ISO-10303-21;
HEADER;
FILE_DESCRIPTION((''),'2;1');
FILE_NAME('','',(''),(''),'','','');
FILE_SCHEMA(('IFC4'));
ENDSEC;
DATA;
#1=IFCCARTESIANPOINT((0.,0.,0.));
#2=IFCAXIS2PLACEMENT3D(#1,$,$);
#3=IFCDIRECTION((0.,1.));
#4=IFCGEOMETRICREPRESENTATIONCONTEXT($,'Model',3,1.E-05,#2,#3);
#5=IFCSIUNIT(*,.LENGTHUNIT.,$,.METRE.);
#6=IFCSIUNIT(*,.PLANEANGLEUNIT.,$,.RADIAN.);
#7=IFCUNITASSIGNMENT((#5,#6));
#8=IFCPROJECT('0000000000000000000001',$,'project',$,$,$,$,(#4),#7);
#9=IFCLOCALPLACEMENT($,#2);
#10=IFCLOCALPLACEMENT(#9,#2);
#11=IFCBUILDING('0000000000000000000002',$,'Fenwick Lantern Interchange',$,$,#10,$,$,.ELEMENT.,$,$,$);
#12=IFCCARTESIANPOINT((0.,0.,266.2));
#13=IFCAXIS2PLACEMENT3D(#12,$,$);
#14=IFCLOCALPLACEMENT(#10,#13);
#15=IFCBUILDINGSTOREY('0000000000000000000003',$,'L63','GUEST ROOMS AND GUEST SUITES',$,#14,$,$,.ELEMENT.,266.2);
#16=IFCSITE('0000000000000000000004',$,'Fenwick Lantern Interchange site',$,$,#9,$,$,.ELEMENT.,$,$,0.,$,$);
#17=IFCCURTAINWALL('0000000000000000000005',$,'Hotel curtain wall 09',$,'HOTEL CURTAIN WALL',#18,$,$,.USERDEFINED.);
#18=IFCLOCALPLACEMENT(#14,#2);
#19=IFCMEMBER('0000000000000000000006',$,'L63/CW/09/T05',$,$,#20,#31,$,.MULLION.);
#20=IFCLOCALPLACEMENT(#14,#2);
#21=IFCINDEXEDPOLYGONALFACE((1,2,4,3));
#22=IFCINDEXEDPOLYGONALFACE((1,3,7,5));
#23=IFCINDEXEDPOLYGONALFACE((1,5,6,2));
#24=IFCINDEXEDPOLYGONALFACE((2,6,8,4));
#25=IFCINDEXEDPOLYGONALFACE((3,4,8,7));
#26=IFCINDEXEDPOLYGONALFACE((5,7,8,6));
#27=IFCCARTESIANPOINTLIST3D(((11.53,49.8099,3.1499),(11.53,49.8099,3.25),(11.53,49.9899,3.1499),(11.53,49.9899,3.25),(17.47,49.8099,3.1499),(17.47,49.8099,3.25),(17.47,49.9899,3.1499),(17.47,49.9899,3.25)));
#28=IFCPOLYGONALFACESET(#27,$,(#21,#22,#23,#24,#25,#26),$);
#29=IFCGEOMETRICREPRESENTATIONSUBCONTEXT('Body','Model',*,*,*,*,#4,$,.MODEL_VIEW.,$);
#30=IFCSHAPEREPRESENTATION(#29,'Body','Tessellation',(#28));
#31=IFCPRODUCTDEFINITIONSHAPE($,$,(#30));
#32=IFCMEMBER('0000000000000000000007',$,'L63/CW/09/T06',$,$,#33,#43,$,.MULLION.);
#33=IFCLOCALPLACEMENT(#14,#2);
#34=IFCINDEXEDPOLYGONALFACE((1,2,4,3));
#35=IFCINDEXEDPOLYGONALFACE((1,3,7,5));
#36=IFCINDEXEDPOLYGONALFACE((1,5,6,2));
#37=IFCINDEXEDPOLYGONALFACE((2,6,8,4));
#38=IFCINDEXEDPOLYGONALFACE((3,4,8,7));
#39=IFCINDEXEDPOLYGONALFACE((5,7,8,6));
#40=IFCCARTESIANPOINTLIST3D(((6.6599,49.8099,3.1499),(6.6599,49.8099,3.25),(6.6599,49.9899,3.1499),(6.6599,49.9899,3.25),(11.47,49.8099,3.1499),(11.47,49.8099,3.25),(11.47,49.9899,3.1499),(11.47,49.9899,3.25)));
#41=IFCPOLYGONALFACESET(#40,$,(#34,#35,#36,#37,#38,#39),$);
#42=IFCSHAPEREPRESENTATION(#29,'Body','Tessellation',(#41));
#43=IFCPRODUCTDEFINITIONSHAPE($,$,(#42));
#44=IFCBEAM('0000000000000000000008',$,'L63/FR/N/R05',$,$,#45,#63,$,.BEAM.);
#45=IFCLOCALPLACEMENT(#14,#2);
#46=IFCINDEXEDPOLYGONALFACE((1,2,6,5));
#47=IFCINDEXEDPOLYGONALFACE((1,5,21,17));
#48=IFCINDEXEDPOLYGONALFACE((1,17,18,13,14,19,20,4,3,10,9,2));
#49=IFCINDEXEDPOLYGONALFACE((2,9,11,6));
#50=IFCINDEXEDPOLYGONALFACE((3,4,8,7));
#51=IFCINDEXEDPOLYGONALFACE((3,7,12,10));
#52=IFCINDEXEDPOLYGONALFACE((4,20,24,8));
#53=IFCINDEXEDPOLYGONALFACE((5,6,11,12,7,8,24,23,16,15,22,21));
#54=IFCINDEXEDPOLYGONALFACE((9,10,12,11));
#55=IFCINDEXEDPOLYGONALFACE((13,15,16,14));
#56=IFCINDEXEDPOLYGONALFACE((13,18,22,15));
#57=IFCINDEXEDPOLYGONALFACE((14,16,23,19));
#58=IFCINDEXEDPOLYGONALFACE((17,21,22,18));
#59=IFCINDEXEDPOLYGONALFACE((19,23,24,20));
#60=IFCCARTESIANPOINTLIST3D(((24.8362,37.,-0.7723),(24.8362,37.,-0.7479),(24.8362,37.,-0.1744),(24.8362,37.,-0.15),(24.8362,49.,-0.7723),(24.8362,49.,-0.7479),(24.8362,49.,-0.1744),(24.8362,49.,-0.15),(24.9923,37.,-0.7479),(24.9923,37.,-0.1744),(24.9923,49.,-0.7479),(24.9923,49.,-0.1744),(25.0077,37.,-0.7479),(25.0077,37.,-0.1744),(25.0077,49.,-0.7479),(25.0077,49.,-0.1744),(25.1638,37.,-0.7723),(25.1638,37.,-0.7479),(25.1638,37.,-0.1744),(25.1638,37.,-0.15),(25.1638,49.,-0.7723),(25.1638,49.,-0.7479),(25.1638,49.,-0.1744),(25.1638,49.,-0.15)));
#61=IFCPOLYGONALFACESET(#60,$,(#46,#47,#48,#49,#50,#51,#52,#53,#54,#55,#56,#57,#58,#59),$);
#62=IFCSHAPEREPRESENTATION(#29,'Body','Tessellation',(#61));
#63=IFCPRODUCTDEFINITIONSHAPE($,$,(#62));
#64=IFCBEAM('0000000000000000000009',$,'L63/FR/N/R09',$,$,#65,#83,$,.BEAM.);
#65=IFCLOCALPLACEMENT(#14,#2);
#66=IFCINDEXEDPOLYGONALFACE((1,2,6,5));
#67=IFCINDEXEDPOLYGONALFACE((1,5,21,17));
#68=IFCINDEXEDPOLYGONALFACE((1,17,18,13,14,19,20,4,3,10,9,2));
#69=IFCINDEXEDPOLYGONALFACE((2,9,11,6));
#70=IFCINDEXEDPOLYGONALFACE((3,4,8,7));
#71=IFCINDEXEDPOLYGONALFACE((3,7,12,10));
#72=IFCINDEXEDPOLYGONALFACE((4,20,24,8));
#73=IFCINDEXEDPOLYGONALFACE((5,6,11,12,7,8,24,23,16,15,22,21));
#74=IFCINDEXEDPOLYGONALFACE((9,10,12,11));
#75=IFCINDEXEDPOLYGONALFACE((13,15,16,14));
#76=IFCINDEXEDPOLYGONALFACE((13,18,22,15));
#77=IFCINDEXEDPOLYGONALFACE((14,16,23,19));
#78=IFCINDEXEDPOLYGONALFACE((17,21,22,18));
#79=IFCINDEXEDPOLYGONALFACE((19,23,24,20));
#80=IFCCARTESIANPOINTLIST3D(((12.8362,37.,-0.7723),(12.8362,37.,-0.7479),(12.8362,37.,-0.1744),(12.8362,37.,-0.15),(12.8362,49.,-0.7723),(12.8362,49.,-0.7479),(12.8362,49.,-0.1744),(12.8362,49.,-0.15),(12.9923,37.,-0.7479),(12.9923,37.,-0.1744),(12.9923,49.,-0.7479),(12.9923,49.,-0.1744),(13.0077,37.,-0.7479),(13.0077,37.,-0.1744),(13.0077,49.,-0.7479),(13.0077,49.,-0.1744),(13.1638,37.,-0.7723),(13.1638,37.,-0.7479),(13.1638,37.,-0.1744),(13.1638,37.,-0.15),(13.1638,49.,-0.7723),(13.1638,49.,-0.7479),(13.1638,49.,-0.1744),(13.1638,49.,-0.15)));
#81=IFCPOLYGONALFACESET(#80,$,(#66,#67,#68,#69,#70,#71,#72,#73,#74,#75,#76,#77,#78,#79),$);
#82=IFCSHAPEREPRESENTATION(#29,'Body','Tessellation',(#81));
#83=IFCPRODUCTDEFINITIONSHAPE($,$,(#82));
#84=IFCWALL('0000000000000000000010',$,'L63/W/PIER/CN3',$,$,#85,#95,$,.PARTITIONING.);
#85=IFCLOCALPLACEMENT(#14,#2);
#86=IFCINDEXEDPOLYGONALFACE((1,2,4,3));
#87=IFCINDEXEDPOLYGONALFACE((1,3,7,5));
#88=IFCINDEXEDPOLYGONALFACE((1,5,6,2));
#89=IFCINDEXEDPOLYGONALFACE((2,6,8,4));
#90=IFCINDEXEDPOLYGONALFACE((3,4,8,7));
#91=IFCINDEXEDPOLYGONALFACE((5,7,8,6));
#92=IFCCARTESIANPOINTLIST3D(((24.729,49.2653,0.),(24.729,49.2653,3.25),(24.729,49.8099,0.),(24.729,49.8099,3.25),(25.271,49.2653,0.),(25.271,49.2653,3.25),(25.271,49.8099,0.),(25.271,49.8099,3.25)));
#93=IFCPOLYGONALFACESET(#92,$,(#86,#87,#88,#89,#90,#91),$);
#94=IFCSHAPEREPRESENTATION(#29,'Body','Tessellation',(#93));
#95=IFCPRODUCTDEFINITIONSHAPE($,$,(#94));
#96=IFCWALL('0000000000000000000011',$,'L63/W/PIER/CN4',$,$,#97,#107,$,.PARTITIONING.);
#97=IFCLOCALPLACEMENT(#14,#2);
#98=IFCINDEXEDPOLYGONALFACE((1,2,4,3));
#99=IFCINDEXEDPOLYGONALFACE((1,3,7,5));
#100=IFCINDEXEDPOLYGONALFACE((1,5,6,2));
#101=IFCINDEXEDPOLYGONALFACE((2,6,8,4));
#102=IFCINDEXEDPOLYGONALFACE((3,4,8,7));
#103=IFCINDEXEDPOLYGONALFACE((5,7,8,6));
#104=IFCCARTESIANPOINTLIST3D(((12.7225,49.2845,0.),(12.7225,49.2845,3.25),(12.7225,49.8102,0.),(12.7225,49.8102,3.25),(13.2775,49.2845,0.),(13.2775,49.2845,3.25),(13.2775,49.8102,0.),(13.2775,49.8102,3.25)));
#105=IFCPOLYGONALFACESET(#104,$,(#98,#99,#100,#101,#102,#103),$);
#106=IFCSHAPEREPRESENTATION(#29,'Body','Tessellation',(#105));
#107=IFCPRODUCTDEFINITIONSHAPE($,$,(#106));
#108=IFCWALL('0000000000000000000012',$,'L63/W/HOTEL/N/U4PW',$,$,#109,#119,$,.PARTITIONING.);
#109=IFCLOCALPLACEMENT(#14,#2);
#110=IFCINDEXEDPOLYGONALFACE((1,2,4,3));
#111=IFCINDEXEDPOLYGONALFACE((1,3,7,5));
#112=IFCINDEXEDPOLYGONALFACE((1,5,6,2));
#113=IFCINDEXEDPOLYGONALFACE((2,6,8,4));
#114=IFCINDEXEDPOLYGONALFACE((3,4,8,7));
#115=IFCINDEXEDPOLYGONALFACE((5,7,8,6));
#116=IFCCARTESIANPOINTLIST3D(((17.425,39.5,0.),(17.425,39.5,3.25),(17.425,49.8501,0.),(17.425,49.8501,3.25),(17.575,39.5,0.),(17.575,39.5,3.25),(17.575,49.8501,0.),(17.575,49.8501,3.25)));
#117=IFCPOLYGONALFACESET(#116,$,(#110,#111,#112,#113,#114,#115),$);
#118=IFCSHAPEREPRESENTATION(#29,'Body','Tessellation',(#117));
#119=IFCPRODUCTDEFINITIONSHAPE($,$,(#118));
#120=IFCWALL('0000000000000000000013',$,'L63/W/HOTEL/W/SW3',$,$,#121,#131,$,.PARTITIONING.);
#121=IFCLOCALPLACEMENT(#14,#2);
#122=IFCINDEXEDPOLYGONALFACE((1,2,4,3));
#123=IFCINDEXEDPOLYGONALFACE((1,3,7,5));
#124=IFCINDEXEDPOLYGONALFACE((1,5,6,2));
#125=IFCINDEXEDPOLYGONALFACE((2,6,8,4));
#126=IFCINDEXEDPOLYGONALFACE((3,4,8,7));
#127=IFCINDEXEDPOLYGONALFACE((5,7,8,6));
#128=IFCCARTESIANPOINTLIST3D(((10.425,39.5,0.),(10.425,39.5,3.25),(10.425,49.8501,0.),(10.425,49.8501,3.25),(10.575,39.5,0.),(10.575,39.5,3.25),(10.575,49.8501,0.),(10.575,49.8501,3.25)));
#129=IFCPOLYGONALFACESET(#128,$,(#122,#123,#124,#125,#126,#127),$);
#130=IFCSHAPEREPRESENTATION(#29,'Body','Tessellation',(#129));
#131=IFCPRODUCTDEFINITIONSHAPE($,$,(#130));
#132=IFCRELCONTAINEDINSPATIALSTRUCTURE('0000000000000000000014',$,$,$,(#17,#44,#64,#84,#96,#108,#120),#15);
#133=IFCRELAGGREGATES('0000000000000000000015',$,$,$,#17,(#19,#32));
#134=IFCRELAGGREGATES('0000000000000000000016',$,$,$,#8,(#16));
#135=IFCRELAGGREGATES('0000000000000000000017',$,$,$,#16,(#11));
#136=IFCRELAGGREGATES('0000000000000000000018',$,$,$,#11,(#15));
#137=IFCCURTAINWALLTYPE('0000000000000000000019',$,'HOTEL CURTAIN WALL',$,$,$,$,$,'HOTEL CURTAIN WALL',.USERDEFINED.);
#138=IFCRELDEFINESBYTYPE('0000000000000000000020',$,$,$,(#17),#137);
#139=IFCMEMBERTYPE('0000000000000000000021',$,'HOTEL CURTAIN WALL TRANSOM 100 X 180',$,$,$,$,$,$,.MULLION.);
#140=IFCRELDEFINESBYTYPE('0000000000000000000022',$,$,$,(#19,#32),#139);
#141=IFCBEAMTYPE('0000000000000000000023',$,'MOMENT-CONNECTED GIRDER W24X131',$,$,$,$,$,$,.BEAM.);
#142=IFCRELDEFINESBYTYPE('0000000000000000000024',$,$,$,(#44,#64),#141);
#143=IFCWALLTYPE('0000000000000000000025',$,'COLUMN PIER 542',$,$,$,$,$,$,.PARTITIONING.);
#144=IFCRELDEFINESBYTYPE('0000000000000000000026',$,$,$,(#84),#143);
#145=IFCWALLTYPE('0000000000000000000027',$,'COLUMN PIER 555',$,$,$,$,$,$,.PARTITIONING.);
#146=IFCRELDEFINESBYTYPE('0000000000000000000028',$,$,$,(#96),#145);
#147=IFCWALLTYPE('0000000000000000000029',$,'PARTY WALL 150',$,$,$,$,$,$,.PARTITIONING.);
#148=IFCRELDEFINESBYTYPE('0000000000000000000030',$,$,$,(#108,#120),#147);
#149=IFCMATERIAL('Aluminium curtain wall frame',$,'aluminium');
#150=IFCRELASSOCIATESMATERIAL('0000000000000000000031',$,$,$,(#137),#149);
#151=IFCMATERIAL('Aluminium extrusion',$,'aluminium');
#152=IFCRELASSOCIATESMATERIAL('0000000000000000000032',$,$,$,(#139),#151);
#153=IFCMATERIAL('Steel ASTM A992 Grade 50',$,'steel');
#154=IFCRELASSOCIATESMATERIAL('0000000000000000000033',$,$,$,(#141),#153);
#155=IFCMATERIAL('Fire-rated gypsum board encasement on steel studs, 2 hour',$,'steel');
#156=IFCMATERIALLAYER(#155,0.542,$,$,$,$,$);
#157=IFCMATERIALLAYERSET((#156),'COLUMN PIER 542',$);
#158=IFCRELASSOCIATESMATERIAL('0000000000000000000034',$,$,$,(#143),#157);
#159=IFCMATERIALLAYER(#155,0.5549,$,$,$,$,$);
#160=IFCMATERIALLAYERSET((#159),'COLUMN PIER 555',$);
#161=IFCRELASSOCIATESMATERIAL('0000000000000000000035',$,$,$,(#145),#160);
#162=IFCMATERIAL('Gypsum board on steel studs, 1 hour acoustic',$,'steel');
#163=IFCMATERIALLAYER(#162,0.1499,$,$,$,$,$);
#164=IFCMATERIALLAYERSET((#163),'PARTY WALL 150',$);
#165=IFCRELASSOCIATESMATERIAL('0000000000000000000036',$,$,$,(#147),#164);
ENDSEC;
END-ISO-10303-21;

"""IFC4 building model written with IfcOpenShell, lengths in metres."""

from ifc_helpers import new_model, si_unit, direction, frame, frame_2d, origin, origin_2d, place, context, subcontext, project, spatial, rectangle, i_section, extrude, material, layer, layer_set, material_profile, profile_set, type_object, element, aggregate, save


model = new_model("IFC4")

# Units and contexts
model_context = context("Model", 3, precision=1e-05, world=origin(), true_north=direction((0.0, 1.0)))
body_context = subcontext(model_context, "Body", "Model", "MODEL_VIEW")
ifc_project = project(units=[si_unit("LENGTHUNIT", "METRE"), si_unit("PLANEANGLEUNIT", "RADIAN")], contexts=[model_context])

# Site, building, storey
site_placement = place(None, origin())
site = spatial("IfcSite", under=ifc_project, at=site_placement, Name="Fenwick Lantern Interchange site", CompositionType="ELEMENT", RefElevation=0.0)
building_placement = place(site_placement, origin())
building = spatial("IfcBuilding", under=site, at=building_placement, Name="Fenwick Lantern Interchange", CompositionType="ELEMENT")
storey_placement = place(building_placement, frame((0.0, 0.0, 266.2)))
storey = spatial("IfcBuildingStorey", under=building, at=storey_placement, Name="L63", Description="GUEST ROOMS AND GUEST SUITES", CompositionType="ELEMENT", Elevation=266.2)

# Shared definitions
ifc_material_1 = material(Name="Steel ASTM A992 Grade 50", Category="steel")

# Curtain wall, members
ifc_material_2 = material(Name="Aluminium curtain wall frame", Category="aluminium")
curtain_wall_type = type_object("IfcCurtainWallType", Name="HOTEL CURTAIN WALL", ElementType="HOTEL CURTAIN WALL", PredefinedType="USERDEFINED", material=ifc_material_2)
curtain_wall_placement = place(storey_placement, origin())
curtain_wall = element("IfcCurtainWall", 1, at=curtain_wall_placement, inside=storey, type_object=curtain_wall_type, Name="Hotel curtain wall 09", ObjectType="HOTEL CURTAIN WALL", PredefinedType="USERDEFINED")
ifc_material_3 = material(Name="Aluminium extrusion", Category="aluminium")
ifc_material_profile_1 = material_profile(ifc_material_3, rectangle(XDim=0.1799, YDim=0.1001, at=origin_2d()), Name="HOTEL CURTAIN WALL TRANSOM 100 X 180")
ifc_profile_set_1 = profile_set([ifc_material_profile_1], Name="Aluminium extrusion")
member_type_1 = type_object("IfcMemberType", Name="HOTEL CURTAIN WALL TRANSOM 100 X 180", PredefinedType="MULLION", material=ifc_profile_set_1)
member_1_placement = place(storey_placement, frame((17.47, 49.8999, 3.2), z_axis=(-1.0, 0.0, 0.0), x_axis=(0.0, -1.0, 0.0)))
member_1 = element("IfcMember", 2, at=member_1_placement, type_object=member_type_1, Name="L63/CW/09/T05", PredefinedType="MULLION", context=body_context, shape_type="SweptSolid", body=[
    extrude(rectangle(XDim=0.1799, YDim=0.1001, at=origin_2d()), origin(), (0.0, 0.0, 1.0), 5.9399),
])
member_2_placement = place(storey_placement, frame((11.47, 49.8999, 3.2), z_axis=(-1.0, 0.0, 0.0), x_axis=(0.0, -1.0, 0.0)))
member_2 = element("IfcMember", 3, at=member_2_placement, type_object=member_type_1, Name="L63/CW/09/T06", PredefinedType="MULLION", context=body_context, shape_type="SweptSolid", body=[
    extrude(rectangle(XDim=0.1799, YDim=0.1001, at=origin_2d()), origin(), (0.0, 0.0, 1.0), 4.8101),
])
aggregate(curtain_wall, [member_1, member_2])

# Beams
ifc_material_profile_2 = material_profile(ifc_material_1, i_section(OverallWidth=0.3276, OverallDepth=0.6223, WebThickness=0.0154, FlangeThickness=0.0244, at=origin_2d()), Name="W24X131")
ifc_profile_set_2 = profile_set([ifc_material_profile_2], Name="Steel ASTM A992 Grade 50")
beam_type_1 = type_object("IfcBeamType", Name="MOMENT-CONNECTED GIRDER W24X131", PredefinedType="BEAM", material=ifc_profile_set_2)
for number, where, z_axis, x_axis, name in (
    (4, (25.0, 49.0, -0.4612), (0.0, -1.0, 0.0), (1.0, 0.0, 0.0), "L63/FR/N/R05"),
    (5, (13.0, 49.0, -0.4612), (0.0, -1.0, 0.0), (1.0, 0.0, 0.0), "L63/FR/N/R09"),
):
    element("IfcBeam", number, at=place(storey_placement, frame(where, z_axis=z_axis, x_axis=x_axis)), inside=storey, type_object=beam_type_1, Name=name, PredefinedType="BEAM", context=body_context, shape_type="SweptSolid", body=[
        extrude(i_section(OverallWidth=0.3276, OverallDepth=0.6223, WebThickness=0.0154, FlangeThickness=0.0244, at=origin_2d()), origin(), (0.0, 0.0, 1.0), 12.0),
    ])

# Walls
ifc_material_4 = material(Name="Fire-rated gypsum board encasement on steel studs, 2 hour", Category="steel")
ifc_layer_1 = layer(ifc_material_4, 0.542)
ifc_layer_set_1 = layer_set([ifc_layer_1], Name="COLUMN PIER 542")
wall_type_1 = type_object("IfcWallType", Name="COLUMN PIER 542", PredefinedType="PARTITIONING", material=ifc_layer_set_1)
wall_1_placement = place(storey_placement, frame((25.0, 49.8101, 0.0), z_axis=(0.0, 0.0, 1.0), x_axis=(0.0, -1.0, 0.0)))
element("IfcWall", 6, at=wall_1_placement, inside=storey, type_object=wall_type_1, Name="L63/W/PIER/CN3", PredefinedType="PARTITIONING", context=body_context, shape_type="SweptSolid", body=[
    extrude(rectangle(XDim=0.5447, YDim=0.542, at=frame_2d((0.2725, 0.0))), origin(), (0.0, 0.0, 1.0), 3.25),
])
ifc_layer_2 = layer(ifc_material_4, 0.5549)
ifc_layer_set_2 = layer_set([ifc_layer_2], Name="COLUMN PIER 555")
wall_type_2 = type_object("IfcWallType", Name="COLUMN PIER 555", PredefinedType="PARTITIONING", material=ifc_layer_set_2)
wall_2_placement = place(storey_placement, frame((13.0, 49.8101, 0.0), z_axis=(0.0, 0.0, 1.0), x_axis=(0.0, -1.0, 0.0)))
element("IfcWall", 7, at=wall_2_placement, inside=storey, type_object=wall_type_2, Name="L63/W/PIER/CN4", PredefinedType="PARTITIONING", context=body_context, shape_type="SweptSolid", body=[
    extrude(rectangle(XDim=0.5256, YDim=0.5549, at=frame_2d((0.2627, 0.0))), origin(), (0.0, 0.0, 1.0), 3.25),
])
ifc_material_5 = material(Name="Gypsum board on steel studs, 1 hour acoustic", Category="steel")
ifc_layer_3 = layer(ifc_material_5, 0.1499)
ifc_layer_set_3 = layer_set([ifc_layer_3], Name="PARTY WALL 150")
wall_type_3 = type_object("IfcWallType", Name="PARTY WALL 150", PredefinedType="PARTITIONING", material=ifc_layer_set_3)
for number, where, z_axis, x_axis, name in (
    (8, (17.5, 49.8501, 0.0), (0.0, 0.0, 1.0), (0.0, -1.0, 0.0), "L63/W/HOTEL/N/U4PW"),
    (9, (10.5, 49.8501, 0.0), (0.0, 0.0, 1.0), (0.0, -1.0, 0.0), "L63/W/HOTEL/W/SW3"),
):
    element("IfcWall", number, at=place(storey_placement, frame(where, z_axis=z_axis, x_axis=x_axis)), inside=storey, type_object=wall_type_3, Name=name, PredefinedType="PARTITIONING", context=body_context, shape_type="SweptSolid", body=[
        extrude(rectangle(XDim=10.3501, YDim=0.1499, at=frame_2d((5.175, 0.0))), origin(), (0.0, 0.0, 1.0), 3.25),
    ])

save(model, "model.ifc")
